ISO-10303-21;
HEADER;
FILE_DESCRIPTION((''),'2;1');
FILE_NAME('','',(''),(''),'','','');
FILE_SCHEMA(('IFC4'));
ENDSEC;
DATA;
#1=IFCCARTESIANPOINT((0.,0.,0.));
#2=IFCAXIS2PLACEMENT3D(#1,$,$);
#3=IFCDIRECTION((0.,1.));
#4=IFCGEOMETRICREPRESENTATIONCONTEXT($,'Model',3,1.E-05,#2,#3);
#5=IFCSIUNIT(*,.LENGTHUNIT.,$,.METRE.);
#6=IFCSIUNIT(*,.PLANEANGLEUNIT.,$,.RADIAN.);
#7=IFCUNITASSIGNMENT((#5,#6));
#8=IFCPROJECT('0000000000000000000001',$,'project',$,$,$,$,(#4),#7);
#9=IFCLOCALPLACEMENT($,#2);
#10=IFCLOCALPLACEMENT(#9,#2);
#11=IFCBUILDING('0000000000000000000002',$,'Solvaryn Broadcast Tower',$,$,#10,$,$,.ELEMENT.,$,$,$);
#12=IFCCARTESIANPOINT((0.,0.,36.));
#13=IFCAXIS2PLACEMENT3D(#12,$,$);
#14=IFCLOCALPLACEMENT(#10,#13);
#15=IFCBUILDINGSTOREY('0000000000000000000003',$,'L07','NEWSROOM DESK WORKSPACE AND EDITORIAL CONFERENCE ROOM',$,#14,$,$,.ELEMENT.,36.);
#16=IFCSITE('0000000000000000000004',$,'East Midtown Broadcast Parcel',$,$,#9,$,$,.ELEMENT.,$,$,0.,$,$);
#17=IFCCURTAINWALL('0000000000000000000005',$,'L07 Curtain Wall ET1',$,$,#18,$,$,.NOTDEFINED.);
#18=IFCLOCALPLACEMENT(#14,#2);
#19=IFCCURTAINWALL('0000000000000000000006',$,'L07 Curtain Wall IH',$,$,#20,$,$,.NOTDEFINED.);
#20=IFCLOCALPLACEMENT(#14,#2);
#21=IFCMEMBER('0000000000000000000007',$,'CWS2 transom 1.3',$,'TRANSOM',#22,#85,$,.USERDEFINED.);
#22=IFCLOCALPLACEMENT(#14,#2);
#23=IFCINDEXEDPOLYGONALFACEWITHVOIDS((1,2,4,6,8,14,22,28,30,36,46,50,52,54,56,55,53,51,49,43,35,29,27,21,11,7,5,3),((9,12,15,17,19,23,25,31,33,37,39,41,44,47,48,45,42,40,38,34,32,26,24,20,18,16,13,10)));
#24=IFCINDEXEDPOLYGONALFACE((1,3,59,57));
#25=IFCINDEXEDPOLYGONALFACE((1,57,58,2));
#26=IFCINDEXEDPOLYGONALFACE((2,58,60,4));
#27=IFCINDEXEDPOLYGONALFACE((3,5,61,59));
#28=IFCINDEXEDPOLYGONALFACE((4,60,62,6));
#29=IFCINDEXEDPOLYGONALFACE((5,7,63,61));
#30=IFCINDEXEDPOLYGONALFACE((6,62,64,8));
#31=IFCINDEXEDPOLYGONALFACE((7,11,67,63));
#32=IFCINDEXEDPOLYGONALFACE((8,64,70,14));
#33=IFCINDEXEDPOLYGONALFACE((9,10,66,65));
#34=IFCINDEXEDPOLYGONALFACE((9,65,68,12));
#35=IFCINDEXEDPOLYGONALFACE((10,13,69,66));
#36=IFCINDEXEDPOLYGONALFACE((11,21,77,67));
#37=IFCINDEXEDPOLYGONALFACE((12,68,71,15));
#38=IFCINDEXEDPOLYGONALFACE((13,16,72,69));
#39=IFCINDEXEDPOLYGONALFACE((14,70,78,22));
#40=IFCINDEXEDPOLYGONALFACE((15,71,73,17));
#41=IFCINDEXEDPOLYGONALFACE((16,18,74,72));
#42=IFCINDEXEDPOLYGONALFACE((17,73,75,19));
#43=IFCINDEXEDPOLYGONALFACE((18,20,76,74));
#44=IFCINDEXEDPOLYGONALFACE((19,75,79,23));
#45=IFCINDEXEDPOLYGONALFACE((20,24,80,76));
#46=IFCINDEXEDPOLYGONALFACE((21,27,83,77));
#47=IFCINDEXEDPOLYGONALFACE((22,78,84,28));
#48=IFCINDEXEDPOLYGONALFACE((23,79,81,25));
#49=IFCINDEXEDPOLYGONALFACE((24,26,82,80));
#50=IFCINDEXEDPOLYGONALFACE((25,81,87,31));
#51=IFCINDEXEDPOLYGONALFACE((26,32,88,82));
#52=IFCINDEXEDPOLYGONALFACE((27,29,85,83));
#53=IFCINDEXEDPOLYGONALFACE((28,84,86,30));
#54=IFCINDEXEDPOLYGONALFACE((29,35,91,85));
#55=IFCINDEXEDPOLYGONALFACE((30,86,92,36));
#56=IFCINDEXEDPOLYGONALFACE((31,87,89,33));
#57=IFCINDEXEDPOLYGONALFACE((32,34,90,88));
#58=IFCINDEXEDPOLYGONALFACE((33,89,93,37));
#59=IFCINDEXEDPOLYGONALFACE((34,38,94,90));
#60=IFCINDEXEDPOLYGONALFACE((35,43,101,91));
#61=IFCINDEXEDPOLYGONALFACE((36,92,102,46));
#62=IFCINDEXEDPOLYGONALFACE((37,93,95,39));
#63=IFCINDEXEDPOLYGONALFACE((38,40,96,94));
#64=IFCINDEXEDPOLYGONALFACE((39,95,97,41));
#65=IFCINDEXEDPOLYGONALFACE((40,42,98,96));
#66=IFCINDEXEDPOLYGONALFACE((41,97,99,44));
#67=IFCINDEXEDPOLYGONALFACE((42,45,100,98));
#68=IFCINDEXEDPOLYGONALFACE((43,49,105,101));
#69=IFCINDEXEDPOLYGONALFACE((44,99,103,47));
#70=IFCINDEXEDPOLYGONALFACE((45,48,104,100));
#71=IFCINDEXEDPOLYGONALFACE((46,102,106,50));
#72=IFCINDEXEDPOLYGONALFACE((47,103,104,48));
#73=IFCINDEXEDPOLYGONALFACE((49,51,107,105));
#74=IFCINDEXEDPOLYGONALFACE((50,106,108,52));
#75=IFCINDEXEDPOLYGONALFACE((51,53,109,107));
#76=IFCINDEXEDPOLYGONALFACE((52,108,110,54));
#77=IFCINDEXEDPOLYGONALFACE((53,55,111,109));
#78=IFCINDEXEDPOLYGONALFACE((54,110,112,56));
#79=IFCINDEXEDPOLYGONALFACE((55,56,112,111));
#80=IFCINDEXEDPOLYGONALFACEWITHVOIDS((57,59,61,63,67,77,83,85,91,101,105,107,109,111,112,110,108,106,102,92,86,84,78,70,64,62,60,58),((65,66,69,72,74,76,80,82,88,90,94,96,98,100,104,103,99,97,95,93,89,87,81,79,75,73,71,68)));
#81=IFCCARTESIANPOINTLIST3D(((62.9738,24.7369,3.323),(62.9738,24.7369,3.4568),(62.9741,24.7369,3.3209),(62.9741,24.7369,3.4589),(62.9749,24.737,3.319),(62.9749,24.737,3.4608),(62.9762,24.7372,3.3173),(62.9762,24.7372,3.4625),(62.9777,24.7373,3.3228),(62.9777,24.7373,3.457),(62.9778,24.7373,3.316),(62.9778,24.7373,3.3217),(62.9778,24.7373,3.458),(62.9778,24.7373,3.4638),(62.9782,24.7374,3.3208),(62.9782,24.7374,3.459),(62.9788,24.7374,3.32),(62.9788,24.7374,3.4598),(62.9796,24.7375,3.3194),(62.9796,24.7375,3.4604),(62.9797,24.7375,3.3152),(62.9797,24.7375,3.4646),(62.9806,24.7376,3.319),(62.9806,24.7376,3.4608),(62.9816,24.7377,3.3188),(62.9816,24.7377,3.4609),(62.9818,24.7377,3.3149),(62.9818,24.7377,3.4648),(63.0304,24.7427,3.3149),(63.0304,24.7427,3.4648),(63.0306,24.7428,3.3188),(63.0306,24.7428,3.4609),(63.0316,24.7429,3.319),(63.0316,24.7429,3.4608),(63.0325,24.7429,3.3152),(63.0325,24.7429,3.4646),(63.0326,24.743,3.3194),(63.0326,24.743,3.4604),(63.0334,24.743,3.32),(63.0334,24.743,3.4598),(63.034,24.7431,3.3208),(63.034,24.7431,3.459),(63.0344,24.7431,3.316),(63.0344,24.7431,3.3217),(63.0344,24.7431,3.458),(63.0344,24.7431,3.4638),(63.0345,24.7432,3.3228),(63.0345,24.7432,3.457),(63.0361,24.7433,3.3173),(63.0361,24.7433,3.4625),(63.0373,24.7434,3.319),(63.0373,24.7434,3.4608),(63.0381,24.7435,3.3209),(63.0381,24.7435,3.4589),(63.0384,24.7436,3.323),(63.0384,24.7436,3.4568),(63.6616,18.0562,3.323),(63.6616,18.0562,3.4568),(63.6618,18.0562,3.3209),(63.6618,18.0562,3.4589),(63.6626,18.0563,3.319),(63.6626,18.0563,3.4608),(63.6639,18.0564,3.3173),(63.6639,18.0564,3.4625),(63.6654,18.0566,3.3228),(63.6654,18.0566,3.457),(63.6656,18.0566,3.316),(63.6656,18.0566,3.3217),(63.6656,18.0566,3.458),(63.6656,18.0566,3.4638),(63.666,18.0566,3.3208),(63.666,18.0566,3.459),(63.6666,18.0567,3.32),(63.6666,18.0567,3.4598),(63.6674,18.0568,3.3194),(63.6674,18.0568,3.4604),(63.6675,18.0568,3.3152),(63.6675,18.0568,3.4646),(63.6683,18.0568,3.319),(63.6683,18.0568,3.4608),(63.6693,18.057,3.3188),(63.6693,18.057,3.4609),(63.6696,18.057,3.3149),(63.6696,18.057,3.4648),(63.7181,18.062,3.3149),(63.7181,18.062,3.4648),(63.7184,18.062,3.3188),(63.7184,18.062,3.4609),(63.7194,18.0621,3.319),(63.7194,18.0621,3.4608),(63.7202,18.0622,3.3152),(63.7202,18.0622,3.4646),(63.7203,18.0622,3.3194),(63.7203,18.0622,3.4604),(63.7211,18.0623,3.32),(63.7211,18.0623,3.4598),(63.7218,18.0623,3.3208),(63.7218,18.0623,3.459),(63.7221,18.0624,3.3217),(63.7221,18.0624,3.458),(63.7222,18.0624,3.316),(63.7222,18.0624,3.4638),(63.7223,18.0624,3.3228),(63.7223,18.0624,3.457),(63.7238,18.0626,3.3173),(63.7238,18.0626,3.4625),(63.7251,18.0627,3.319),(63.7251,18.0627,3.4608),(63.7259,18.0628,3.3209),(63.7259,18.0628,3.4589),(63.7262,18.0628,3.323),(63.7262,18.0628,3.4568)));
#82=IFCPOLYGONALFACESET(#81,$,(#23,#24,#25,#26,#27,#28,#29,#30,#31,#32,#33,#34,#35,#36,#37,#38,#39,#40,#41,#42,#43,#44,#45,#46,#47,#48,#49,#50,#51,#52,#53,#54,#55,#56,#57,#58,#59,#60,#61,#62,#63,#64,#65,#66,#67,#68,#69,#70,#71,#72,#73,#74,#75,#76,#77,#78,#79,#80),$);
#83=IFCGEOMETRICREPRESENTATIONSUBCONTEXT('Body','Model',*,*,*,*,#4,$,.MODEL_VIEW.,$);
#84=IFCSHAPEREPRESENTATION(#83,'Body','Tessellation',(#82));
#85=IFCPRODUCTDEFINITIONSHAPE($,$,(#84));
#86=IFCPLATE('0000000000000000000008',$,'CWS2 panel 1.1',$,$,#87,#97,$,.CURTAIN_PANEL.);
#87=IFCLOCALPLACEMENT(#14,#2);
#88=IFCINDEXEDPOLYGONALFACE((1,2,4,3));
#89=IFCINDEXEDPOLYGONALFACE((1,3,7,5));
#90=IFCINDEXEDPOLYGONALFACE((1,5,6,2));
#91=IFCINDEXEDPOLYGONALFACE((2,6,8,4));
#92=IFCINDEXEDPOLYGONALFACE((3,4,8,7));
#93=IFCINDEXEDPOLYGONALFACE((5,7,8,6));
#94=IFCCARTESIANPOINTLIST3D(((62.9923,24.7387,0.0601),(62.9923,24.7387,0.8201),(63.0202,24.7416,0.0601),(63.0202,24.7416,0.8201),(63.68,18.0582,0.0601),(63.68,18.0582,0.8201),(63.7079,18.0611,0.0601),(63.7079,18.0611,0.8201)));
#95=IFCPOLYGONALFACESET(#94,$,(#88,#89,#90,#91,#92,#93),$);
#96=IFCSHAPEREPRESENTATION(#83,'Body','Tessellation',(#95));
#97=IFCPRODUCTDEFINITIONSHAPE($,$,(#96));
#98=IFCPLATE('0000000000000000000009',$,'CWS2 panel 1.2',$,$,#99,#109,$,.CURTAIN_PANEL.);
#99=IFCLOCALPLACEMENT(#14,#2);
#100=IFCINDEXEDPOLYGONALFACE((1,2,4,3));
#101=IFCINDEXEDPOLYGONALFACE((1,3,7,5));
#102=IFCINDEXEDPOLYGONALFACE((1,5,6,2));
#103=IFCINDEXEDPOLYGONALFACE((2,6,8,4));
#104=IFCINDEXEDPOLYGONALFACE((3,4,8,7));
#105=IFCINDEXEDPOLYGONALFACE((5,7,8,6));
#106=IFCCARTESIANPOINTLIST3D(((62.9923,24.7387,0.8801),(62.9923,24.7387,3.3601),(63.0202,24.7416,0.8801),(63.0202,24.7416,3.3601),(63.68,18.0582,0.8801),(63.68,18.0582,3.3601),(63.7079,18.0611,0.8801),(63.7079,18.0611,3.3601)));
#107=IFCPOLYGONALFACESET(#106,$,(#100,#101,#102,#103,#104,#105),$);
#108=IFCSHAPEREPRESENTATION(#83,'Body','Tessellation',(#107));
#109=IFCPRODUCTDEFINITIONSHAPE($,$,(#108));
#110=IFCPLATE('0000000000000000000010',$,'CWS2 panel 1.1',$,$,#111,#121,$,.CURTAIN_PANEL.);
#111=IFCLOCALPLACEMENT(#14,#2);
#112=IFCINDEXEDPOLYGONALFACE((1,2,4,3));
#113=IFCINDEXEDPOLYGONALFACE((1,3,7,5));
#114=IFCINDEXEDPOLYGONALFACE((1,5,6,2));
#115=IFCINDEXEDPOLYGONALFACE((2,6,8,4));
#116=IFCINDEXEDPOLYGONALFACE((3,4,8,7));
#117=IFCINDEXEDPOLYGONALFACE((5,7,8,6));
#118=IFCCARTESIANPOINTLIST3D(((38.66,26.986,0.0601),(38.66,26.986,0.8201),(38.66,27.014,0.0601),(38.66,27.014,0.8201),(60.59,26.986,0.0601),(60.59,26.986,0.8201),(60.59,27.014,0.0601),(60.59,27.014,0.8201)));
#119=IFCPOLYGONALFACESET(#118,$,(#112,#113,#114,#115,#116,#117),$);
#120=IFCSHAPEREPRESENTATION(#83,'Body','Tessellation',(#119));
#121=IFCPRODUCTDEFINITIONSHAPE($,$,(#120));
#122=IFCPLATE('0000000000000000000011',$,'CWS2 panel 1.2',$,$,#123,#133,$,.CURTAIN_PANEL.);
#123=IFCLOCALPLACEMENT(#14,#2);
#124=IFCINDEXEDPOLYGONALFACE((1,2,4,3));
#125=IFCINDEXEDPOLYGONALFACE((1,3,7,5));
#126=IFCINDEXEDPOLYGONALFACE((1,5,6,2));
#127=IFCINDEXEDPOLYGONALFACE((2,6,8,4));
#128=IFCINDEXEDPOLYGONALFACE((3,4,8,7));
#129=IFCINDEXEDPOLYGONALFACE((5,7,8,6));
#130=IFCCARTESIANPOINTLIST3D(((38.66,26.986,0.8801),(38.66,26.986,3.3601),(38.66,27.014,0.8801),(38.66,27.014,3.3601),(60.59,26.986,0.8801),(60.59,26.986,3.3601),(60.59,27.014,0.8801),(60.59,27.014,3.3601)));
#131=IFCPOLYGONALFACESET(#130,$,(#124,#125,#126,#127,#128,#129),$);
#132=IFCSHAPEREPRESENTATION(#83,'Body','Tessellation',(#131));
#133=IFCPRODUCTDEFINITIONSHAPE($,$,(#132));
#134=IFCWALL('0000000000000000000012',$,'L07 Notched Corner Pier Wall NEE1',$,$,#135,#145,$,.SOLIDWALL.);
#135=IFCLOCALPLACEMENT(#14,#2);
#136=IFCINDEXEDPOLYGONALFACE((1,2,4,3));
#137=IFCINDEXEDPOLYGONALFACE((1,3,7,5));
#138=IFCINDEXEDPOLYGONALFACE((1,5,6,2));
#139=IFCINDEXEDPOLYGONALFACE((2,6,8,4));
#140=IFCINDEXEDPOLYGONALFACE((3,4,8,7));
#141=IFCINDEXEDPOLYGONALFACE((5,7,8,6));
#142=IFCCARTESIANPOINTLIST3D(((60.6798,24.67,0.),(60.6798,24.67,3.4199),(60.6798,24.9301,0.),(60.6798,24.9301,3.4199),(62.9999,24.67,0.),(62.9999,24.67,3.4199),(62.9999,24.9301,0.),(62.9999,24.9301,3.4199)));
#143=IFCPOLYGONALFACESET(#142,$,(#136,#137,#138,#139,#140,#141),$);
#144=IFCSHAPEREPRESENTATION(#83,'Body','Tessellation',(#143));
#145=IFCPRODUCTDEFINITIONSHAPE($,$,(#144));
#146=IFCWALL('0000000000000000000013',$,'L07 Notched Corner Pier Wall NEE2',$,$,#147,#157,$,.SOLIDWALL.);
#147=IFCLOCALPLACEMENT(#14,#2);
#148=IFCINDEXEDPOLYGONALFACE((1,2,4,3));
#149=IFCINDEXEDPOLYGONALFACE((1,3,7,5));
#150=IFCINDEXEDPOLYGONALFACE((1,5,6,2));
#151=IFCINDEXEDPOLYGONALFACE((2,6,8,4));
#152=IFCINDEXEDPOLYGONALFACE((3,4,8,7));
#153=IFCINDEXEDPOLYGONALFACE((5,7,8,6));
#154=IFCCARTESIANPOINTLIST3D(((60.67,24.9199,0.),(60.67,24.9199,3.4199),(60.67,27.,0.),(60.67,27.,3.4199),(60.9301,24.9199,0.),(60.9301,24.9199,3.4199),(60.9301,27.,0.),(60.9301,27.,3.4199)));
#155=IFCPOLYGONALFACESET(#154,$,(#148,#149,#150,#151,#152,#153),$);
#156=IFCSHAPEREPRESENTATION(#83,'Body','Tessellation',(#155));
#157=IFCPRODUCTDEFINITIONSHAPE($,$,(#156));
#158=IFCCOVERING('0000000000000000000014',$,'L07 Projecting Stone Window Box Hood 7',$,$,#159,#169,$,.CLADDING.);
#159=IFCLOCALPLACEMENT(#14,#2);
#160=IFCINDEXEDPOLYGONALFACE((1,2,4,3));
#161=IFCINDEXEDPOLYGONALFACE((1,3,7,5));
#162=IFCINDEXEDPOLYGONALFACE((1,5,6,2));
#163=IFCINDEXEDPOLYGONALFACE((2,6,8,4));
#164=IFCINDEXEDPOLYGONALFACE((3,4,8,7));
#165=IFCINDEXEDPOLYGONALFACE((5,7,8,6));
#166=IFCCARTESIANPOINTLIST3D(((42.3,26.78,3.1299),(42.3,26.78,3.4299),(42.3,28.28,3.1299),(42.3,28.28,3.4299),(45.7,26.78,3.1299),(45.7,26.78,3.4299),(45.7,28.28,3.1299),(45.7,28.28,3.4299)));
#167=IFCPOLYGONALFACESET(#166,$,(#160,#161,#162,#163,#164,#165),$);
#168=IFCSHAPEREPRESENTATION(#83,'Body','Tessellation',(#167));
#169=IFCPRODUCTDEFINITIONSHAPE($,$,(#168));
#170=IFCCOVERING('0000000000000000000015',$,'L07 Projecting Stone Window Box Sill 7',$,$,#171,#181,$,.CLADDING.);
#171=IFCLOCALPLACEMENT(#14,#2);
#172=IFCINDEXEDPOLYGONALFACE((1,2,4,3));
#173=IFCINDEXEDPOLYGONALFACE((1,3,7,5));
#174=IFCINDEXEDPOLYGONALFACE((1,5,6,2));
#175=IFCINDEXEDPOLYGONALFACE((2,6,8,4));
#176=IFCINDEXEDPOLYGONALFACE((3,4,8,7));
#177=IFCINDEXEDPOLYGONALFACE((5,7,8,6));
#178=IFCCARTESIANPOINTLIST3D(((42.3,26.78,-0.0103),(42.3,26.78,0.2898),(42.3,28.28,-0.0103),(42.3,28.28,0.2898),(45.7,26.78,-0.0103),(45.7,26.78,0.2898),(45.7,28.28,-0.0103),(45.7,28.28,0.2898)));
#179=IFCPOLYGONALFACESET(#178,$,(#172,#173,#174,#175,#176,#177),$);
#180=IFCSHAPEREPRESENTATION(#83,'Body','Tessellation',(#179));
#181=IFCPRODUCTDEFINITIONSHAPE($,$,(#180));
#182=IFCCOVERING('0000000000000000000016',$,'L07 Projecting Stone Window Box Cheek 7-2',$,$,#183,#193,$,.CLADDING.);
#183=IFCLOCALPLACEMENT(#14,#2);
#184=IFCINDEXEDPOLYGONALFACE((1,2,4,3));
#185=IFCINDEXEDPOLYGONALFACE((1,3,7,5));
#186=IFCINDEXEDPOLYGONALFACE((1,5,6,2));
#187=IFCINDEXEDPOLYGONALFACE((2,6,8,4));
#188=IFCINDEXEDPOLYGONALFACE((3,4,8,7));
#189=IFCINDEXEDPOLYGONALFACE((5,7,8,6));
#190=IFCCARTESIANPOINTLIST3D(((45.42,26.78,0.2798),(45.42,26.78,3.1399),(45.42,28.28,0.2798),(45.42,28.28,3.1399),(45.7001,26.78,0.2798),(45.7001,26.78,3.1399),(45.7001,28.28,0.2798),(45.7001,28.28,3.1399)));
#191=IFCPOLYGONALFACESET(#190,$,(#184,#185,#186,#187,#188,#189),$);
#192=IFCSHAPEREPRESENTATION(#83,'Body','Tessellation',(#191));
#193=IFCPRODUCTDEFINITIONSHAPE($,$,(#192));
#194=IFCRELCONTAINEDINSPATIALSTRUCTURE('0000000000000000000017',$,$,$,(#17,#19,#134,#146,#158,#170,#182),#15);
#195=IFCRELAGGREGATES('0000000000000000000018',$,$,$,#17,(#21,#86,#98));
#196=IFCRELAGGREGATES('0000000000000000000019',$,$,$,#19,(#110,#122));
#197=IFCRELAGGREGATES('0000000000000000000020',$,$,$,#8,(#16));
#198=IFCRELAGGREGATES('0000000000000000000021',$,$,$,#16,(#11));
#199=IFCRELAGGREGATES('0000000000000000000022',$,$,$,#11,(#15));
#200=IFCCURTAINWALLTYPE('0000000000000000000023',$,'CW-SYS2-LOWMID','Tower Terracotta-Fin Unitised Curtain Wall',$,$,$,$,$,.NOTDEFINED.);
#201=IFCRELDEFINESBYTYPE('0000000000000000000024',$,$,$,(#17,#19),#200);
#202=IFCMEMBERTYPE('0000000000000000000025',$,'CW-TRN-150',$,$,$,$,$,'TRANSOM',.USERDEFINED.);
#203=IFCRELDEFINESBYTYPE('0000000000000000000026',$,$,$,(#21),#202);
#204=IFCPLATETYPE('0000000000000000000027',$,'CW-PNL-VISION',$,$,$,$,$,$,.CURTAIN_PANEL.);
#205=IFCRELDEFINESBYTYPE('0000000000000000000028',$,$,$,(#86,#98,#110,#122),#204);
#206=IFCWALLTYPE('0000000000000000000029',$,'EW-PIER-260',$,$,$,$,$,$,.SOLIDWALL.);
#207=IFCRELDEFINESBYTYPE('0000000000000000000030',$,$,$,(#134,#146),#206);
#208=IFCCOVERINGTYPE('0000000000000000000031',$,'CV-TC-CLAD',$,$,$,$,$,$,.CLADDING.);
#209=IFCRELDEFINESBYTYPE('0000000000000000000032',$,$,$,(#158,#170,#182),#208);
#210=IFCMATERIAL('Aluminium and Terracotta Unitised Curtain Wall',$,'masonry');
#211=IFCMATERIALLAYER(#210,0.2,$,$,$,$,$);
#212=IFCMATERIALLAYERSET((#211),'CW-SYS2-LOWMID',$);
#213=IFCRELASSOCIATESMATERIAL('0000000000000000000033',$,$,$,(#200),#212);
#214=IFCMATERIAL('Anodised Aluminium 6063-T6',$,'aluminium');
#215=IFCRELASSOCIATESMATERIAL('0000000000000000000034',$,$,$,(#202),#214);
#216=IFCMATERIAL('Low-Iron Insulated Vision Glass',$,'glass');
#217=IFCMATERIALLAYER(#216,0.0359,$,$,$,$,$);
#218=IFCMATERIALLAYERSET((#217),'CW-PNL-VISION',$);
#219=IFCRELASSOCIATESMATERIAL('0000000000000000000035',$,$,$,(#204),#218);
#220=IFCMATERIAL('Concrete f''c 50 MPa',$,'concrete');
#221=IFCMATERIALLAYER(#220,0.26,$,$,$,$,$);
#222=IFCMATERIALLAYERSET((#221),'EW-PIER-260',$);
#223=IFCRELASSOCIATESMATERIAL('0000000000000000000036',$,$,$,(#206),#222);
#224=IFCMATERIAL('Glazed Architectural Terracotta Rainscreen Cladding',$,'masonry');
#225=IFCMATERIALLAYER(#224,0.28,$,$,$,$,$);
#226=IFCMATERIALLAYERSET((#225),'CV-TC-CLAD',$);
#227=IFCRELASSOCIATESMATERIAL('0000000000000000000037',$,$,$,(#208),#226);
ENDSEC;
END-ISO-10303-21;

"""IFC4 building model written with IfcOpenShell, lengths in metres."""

from ifc_helpers import new_model, si_unit, direction, frame, frame_2d, origin, origin_2d, place, context, subcontext, project, spatial, rectangle, hollow_rectangle, extrude, material, layer, layer_set, material_profile, profile_set, type_object, element, aggregate, save


model = new_model("IFC4")

# Units and contexts
model_context = context("Model", 3, precision=1e-05, world=origin(), true_north=direction((0.0, 1.0)))
body_context = subcontext(model_context, "Body", "Model", "MODEL_VIEW")
ifc_project = project(units=[si_unit("LENGTHUNIT", "METRE"), si_unit("PLANEANGLEUNIT", "RADIAN")], contexts=[model_context])

# Site, building, storey
site_placement = place(None, origin())
site = spatial("IfcSite", under=ifc_project, at=site_placement, Name="East Midtown Broadcast Parcel", CompositionType="ELEMENT", RefElevation=0.0)
building_placement = place(site_placement, origin())
building = spatial("IfcBuilding", under=site, at=building_placement, Name="Solvaryn Broadcast Tower", CompositionType="ELEMENT")
storey_placement = place(building_placement, frame((0.0, 0.0, 36.0)))
storey = spatial("IfcBuildingStorey", under=building, at=storey_placement, Name="L07", Description="NEWSROOM DESK WORKSPACE AND EDITORIAL CONFERENCE ROOM", CompositionType="ELEMENT", Elevation=36.0)

# Curtain walls
ifc_material_1 = material(Name="Aluminium and Terracotta Unitised Curtain Wall", Category="masonry")
ifc_layer_1 = layer(ifc_material_1, 0.2)
ifc_layer_set_1 = layer_set([ifc_layer_1], Name="CW-SYS2-LOWMID")
curtain_wall_type = type_object("IfcCurtainWallType", Name="CW-SYS2-LOWMID", Description="Tower Terracotta-Fin Unitised Curtain Wall", PredefinedType="NOTDEFINED", material=ifc_layer_set_1)
curtain_wall_1_placement = place(storey_placement, origin())
curtain_wall_1 = element("IfcCurtainWall", 1, at=curtain_wall_1_placement, inside=storey, type_object=curtain_wall_type, Name="L07 Curtain Wall ET1", PredefinedType="NOTDEFINED")
curtain_wall_2_placement = place(storey_placement, origin())
curtain_wall_2 = element("IfcCurtainWall", 2, at=curtain_wall_2_placement, inside=storey, type_object=curtain_wall_type, Name="L07 Curtain Wall IH", PredefinedType="NOTDEFINED")

# Member
ifc_material_2 = material(Name="Anodised Aluminium 6063-T6", Category="aluminium")
ifc_material_profile_1 = material_profile(ifc_material_2, hollow_rectangle(XDim=0.0649, YDim=0.1499, WallThickness=0.0039, InnerFilletRadius=0.0039, OuterFilletRadius=0.0081, at=origin_2d()))
ifc_profile_set_1 = profile_set([ifc_material_profile_1], Name="Anodised Aluminium 6063-T6")
member_type_1 = type_object("IfcMemberType", Name="CW-TRN-150", ElementType="TRANSOM", PredefinedType="USERDEFINED", material=ifc_profile_set_1)
member_1_placement = place(storey_placement, frame((63.0061, 24.7402, 3.3899), z_axis=(0.102404, -0.994743, 0.0), x_axis=(0.994743, 0.102404, 0.0)))
member_1 = element("IfcMember", 3, at=member_1_placement, type_object=member_type_1, Name="CWS2 transom 1.3", ObjectType="TRANSOM", PredefinedType="USERDEFINED", context=body_context, shape_type="SweptSolid", body=[
    extrude(hollow_rectangle(XDim=0.0649, YDim=0.1499, WallThickness=0.0039, InnerFilletRadius=0.0039, OuterFilletRadius=0.0081, at=origin_2d()), origin(), (0.0, 0.0, 1.0), 6.7161),
])

# Plates
ifc_material_3 = material(Name="Low-Iron Insulated Vision Glass", Category="glass")
ifc_layer_2 = layer(ifc_material_3, 0.0359)
ifc_layer_set_2 = layer_set([ifc_layer_2], Name="CW-PNL-VISION")
plate_type = type_object("IfcPlateType", Name="CW-PNL-VISION", PredefinedType="CURTAIN_PANEL", material=ifc_layer_set_2)
plate_1_placement = place(storey_placement, frame((63.3501, 21.3999, 0.0601), z_axis=(0.0, 0.0, 1.0), x_axis=(0.1024, -0.994743, 0.0)))
plate_1 = element("IfcPlate", 4, at=plate_1_placement, type_object=plate_type, Name="CWS2 panel 1.1", PredefinedType="CURTAIN_PANEL", context=body_context, shape_type="SweptSolid", body=[
    extrude(rectangle(XDim=6.7158, YDim=0.0281, at=origin_2d()), origin(), (0.0, 0.0, 1.0), 0.76),
])
plate_2_placement = place(storey_placement, frame((63.3501, 21.3999, 0.8801), z_axis=(0.0, 0.0, 1.0), x_axis=(0.1024, -0.994743, 0.0)))
plate_2 = element("IfcPlate", 5, at=plate_2_placement, type_object=plate_type, Name="CWS2 panel 1.2", PredefinedType="CURTAIN_PANEL", context=body_context, shape_type="SweptSolid", body=[
    extrude(rectangle(XDim=6.7158, YDim=0.0281, at=origin_2d()), origin(), (0.0, 0.0, 1.0), 2.48),
])
aggregate(curtain_wall_1, [member_1, plate_1, plate_2])
plate_3_placement = place(storey_placement, frame((49.625, 27.0, 0.0601), z_axis=(0.0, 0.0, 1.0), x_axis=(1.0, 0.0, 0.0)))
plate_3 = element("IfcPlate", 6, at=plate_3_placement, type_object=plate_type, Name="CWS2 panel 1.1", PredefinedType="CURTAIN_PANEL", context=body_context, shape_type="SweptSolid", body=[
    extrude(rectangle(XDim=21.9299, YDim=0.0281, at=origin_2d()), origin(), (0.0, 0.0, 1.0), 0.76),
])
plate_4_placement = place(storey_placement, frame((49.625, 27.0, 0.8801), z_axis=(0.0, 0.0, 1.0), x_axis=(1.0, 0.0, 0.0)))
plate_4 = element("IfcPlate", 7, at=plate_4_placement, type_object=plate_type, Name="CWS2 panel 1.2", PredefinedType="CURTAIN_PANEL", context=body_context, shape_type="SweptSolid", body=[
    extrude(rectangle(XDim=21.9299, YDim=0.0281, at=origin_2d()), origin(), (0.0, 0.0, 1.0), 2.48),
])
aggregate(curtain_wall_2, [plate_3, plate_4])

# Walls
ifc_material_4 = material(Name="Concrete f'c 50 MPa", Category="concrete")
ifc_layer_3 = layer(ifc_material_4, 0.26)
ifc_layer_set_3 = layer_set([ifc_layer_3], Name="EW-PIER-260")
wall_type_1 = type_object("IfcWallType", Name="EW-PIER-260", PredefinedType="SOLIDWALL", material=ifc_layer_set_3)
wall_1_placement = place(storey_placement, frame((63.0, 24.8, 0.0), z_axis=(0.0, 0.0, 1.0), x_axis=(-1.0, 0.0, 0.0)))
element("IfcWall", 8, at=wall_1_placement, inside=storey, type_object=wall_type_1, Name="L07 Notched Corner Pier Wall NEE1", PredefinedType="SOLIDWALL", context=body_context, shape_type="SweptSolid", body=[
    extrude(rectangle(XDim=2.3201, YDim=0.26, at=frame_2d((1.1602, 0.0))), origin(), (0.0, 0.0, 1.0), 3.4199),
])
wall_2_placement = place(storey_placement, frame((60.8, 24.9199, 0.0), z_axis=(0.0, 0.0, 1.0), x_axis=(0.0, 1.0, 0.0)))
element("IfcWall", 9, at=wall_2_placement, inside=storey, type_object=wall_type_1, Name="L07 Notched Corner Pier Wall NEE2", PredefinedType="SOLIDWALL", context=body_context, shape_type="SweptSolid", body=[
    extrude(rectangle(XDim=2.0801, YDim=0.26, at=frame_2d((1.04, 0.0))), origin(), (0.0, 0.0, 1.0), 3.4199),
])

# Coverings
ifc_material_5 = material(Name="Glazed Architectural Terracotta Rainscreen Cladding", Category="masonry")
ifc_layer_4 = layer(ifc_material_5, 0.28)
ifc_layer_set_4 = layer_set([ifc_layer_4], Name="CV-TC-CLAD")
covering_type_1 = type_object("IfcCoveringType", Name="CV-TC-CLAD", PredefinedType="CLADDING", material=ifc_layer_set_4)
for number, where, z_axis, x_axis, name in (
    (10, (44.0, 27.53, 3.1299), (0.0, 0.0, 1.0), (1.0, 0.0, 0.0), "L07 Projecting Stone Window Box Hood 7"),
    (11, (44.0, 27.53, -0.0103), (0.0, 0.0, 1.0), (1.0, 0.0, 0.0), "L07 Projecting Stone Window Box Sill 7"),
):
    element("IfcCovering", number, at=place(storey_placement, frame(where, z_axis=z_axis, x_axis=x_axis)), inside=storey, type_object=covering_type_1, Name=name, PredefinedType="CLADDING", context=body_context, shape_type="SweptSolid", body=[
        extrude(rectangle(XDim=3.3999, YDim=1.5, at=origin_2d()), origin(), (0.0, 0.0, 1.0), 0.3),
    ])
covering_1_placement = place(storey_placement, frame((45.5601, 27.53, 0.2798), z_axis=(0.0, 0.0, 1.0), x_axis=(1.0, 0.0, 0.0)))
element("IfcCovering", 12, at=covering_1_placement, inside=storey, type_object=covering_type_1, Name="L07 Projecting Stone Window Box Cheek 7-2", PredefinedType="CLADDING", context=body_context, shape_type="SweptSolid", body=[
    extrude(rectangle(XDim=0.28, YDim=1.5, at=origin_2d()), origin(), (0.0, 0.0, 1.0), 2.8601),
])

save(model, "model.ifc")
